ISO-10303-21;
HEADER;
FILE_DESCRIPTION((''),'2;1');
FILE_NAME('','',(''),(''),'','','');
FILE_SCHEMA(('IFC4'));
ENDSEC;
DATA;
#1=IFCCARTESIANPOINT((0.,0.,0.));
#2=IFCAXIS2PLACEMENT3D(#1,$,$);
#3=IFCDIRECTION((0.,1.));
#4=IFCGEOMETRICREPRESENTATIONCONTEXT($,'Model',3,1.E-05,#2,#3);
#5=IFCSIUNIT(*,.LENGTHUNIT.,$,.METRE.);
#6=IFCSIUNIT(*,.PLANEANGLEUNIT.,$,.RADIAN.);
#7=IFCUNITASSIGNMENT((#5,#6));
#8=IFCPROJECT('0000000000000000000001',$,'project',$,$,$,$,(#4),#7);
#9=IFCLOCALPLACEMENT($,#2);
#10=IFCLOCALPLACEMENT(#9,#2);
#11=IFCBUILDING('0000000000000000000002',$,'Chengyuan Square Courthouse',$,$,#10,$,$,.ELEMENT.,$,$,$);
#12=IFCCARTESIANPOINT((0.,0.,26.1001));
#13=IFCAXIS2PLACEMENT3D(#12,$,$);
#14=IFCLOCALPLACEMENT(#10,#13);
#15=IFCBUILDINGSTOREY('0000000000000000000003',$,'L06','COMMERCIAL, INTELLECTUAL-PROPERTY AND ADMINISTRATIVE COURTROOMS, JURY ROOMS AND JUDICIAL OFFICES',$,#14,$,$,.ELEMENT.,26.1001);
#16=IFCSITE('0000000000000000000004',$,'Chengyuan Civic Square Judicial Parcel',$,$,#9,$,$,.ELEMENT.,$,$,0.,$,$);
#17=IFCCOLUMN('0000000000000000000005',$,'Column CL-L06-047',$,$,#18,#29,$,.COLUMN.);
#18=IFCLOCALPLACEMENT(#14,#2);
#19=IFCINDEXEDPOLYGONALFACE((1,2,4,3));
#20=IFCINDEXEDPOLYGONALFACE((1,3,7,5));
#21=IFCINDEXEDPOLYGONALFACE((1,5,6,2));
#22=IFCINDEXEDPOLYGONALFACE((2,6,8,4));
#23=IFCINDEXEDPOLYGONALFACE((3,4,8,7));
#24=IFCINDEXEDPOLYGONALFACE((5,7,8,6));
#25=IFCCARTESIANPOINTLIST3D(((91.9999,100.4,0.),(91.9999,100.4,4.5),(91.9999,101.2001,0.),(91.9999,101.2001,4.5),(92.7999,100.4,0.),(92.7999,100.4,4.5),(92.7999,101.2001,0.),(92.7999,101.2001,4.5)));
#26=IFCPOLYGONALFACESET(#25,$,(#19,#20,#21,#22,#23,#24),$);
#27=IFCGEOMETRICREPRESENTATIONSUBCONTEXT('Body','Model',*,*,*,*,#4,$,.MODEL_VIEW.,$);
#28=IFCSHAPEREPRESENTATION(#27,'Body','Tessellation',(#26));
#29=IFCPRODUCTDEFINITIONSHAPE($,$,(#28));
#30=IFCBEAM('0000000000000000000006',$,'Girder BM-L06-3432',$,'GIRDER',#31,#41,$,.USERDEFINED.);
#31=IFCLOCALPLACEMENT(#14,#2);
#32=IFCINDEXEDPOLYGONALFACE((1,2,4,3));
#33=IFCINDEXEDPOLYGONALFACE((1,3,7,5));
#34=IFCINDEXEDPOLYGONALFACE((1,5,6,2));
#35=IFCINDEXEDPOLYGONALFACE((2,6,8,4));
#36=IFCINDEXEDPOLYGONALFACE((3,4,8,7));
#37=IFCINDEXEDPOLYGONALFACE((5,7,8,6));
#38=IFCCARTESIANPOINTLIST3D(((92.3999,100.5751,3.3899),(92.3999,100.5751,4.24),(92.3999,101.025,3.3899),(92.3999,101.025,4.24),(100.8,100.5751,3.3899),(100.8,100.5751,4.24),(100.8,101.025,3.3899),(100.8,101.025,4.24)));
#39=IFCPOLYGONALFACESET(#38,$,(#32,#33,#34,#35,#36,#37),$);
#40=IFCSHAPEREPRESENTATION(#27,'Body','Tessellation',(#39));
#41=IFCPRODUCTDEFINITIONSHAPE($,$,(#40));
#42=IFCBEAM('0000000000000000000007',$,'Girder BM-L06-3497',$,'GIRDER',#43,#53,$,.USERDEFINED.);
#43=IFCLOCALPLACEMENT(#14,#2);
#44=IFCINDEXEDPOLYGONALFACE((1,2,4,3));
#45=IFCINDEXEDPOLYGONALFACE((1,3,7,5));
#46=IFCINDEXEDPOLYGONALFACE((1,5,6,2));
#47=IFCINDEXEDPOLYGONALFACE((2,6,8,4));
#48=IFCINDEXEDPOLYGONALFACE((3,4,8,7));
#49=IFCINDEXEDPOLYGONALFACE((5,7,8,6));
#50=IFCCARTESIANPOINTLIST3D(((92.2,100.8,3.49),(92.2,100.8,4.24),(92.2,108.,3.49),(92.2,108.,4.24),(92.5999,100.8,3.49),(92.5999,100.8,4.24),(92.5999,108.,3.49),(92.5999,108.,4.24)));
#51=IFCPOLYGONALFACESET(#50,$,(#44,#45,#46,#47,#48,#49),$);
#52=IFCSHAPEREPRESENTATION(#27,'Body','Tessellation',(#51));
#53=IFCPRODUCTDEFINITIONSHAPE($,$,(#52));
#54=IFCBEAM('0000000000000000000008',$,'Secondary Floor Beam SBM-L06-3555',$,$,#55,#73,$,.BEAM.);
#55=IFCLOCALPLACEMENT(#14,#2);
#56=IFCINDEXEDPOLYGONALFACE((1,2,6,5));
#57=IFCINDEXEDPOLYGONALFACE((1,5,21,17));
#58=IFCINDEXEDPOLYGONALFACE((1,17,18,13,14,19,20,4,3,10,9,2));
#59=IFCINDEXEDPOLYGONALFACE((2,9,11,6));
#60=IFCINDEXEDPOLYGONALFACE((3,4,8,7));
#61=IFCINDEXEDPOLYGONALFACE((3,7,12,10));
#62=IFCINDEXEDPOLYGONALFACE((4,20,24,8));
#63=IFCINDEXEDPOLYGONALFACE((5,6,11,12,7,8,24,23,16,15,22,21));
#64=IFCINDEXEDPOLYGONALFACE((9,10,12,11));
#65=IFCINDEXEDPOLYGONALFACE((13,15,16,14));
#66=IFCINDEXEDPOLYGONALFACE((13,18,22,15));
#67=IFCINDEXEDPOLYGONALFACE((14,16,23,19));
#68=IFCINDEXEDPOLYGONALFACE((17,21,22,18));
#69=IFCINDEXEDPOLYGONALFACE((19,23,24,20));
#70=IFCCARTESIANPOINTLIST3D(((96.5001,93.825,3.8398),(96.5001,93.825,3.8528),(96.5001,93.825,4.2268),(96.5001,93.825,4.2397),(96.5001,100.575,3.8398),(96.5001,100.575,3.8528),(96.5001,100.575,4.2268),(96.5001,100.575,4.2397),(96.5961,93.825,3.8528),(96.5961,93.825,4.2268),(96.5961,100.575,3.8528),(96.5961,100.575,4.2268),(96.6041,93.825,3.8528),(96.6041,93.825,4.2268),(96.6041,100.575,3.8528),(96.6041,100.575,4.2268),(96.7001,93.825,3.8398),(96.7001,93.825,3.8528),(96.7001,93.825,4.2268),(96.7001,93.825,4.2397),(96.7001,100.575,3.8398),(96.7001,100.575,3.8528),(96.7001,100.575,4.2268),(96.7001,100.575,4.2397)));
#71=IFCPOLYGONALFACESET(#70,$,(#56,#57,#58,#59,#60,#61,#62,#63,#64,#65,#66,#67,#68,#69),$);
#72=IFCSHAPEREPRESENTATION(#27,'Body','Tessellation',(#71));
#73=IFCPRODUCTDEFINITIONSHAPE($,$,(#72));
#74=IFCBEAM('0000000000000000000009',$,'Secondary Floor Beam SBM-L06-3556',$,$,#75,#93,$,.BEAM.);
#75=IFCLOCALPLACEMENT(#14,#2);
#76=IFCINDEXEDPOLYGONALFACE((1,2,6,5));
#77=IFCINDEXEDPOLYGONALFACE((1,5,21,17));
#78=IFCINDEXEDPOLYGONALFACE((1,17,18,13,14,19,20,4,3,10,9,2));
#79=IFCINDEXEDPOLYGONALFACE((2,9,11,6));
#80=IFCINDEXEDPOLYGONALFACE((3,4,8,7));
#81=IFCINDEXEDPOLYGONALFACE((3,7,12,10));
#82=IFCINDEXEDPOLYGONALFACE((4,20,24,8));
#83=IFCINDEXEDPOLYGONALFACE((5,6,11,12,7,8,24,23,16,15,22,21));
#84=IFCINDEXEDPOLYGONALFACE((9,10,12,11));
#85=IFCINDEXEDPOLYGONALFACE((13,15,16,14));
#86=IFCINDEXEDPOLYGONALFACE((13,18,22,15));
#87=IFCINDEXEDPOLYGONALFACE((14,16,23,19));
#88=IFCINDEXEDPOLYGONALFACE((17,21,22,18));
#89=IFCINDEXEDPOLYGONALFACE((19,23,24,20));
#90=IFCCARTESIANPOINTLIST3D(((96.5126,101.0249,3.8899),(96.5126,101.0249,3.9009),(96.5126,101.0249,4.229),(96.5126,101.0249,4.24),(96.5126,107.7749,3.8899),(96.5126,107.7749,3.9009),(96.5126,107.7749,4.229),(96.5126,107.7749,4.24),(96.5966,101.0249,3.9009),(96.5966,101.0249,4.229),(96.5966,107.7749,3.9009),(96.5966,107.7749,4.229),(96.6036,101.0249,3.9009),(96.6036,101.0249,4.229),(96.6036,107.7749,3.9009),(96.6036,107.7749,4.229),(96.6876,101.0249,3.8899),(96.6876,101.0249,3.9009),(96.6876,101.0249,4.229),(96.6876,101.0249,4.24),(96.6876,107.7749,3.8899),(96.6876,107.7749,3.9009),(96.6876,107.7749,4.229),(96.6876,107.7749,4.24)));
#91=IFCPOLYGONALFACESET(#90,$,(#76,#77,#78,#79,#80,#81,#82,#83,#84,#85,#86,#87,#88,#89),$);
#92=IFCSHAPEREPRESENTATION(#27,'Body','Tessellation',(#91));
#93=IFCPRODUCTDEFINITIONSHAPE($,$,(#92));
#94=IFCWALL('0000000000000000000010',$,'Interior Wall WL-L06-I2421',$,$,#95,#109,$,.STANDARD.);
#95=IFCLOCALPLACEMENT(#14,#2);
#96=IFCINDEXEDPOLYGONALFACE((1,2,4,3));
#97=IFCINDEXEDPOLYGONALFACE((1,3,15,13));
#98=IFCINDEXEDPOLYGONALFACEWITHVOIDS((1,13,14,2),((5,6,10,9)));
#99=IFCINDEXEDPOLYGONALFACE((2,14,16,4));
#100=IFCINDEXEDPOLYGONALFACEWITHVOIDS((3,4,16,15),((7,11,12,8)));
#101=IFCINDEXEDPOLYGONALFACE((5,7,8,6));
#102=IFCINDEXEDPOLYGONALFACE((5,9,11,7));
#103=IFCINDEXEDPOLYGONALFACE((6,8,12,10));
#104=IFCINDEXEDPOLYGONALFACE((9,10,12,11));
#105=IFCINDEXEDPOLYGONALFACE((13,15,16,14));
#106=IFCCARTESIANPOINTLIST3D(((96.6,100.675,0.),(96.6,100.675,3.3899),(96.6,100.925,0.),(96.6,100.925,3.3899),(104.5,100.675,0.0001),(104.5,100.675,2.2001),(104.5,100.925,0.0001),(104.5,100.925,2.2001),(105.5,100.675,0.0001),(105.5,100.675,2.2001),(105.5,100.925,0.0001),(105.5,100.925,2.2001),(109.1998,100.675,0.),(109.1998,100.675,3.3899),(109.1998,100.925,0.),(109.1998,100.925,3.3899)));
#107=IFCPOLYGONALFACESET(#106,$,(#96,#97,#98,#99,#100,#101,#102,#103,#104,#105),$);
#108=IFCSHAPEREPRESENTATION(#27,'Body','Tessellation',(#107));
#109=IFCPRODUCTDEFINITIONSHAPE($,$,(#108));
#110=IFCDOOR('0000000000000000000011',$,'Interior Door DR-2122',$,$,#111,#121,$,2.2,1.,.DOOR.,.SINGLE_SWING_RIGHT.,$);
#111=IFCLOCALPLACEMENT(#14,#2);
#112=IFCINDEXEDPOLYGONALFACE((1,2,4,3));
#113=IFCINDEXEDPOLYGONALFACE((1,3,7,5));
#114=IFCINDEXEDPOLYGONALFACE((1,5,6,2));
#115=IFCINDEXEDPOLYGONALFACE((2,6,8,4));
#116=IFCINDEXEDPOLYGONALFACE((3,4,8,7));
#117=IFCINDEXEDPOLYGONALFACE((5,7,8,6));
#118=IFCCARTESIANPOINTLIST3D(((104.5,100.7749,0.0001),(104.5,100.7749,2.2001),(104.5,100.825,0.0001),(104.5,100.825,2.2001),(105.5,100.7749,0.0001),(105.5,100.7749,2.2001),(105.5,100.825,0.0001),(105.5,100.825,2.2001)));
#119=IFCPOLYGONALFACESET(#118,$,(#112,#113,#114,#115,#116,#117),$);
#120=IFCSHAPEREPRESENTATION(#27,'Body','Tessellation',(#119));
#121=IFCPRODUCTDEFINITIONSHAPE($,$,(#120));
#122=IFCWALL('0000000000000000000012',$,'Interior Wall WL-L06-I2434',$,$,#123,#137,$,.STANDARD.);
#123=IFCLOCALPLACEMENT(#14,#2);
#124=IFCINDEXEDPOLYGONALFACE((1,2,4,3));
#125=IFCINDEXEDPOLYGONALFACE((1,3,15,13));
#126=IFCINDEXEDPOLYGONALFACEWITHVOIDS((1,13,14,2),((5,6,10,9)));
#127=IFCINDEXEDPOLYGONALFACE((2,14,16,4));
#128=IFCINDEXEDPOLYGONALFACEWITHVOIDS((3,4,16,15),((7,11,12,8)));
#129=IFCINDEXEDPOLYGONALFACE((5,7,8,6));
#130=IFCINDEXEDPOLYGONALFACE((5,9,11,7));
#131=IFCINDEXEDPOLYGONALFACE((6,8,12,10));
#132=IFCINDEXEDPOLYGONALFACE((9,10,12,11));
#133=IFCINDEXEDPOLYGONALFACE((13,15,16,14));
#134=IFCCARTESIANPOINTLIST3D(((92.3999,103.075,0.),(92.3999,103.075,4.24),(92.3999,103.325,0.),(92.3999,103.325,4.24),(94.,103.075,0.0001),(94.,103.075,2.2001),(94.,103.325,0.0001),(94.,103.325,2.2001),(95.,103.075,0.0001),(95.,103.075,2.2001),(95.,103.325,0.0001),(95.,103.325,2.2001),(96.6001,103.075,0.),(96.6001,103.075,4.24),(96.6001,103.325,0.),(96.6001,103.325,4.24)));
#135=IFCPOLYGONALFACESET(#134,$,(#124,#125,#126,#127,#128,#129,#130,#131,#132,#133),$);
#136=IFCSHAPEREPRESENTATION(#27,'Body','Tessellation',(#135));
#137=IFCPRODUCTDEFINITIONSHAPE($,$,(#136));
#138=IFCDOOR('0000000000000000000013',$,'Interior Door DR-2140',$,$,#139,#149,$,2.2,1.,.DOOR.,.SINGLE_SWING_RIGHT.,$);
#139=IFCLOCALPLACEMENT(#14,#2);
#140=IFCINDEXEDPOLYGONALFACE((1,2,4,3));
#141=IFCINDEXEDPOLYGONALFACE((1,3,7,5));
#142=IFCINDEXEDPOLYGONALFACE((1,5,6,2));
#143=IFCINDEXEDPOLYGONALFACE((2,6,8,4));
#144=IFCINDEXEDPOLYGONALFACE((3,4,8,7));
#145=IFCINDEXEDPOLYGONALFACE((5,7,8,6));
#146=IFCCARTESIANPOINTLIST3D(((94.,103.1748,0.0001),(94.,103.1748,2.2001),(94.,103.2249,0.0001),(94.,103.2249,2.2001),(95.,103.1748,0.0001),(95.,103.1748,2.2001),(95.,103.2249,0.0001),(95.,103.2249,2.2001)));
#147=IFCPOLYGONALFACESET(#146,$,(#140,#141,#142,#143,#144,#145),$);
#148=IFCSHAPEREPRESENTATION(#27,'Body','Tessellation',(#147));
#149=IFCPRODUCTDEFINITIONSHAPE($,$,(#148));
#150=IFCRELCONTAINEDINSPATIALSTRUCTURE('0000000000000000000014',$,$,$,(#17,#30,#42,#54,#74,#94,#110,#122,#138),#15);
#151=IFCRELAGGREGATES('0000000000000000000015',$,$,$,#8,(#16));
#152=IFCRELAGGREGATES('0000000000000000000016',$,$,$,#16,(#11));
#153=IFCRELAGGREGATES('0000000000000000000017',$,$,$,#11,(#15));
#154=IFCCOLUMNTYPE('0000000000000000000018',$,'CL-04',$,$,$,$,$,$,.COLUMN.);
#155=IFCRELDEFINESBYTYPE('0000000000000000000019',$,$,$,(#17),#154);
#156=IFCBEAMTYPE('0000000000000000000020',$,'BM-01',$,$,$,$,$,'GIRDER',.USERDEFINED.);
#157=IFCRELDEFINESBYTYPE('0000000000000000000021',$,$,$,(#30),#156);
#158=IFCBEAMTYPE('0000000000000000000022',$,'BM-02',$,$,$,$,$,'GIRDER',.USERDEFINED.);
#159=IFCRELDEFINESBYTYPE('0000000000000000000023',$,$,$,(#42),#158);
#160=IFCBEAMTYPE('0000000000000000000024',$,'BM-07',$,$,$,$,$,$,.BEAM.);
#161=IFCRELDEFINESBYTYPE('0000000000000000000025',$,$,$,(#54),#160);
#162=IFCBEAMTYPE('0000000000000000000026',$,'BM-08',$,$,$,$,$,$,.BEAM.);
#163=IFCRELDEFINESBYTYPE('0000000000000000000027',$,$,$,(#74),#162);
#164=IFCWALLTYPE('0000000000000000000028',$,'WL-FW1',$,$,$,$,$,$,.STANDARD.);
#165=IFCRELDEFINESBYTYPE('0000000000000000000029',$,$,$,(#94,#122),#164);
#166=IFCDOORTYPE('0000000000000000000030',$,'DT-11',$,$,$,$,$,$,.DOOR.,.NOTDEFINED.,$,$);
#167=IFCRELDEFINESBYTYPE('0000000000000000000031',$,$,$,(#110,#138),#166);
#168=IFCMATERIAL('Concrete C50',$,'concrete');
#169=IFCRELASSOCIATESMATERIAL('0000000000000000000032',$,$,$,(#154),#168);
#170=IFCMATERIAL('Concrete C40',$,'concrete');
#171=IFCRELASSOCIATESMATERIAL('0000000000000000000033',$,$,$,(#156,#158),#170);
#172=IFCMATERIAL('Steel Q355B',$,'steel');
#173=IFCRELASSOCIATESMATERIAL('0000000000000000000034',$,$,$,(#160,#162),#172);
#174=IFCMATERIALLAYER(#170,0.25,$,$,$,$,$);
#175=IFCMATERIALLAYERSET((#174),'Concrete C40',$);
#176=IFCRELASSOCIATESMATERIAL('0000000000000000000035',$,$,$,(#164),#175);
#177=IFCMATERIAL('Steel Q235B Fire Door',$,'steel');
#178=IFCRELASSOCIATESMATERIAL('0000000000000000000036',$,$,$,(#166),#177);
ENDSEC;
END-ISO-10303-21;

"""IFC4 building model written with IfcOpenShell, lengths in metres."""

from ifc_helpers import new_model, si_unit, direction, frame, frame_2d, origin, origin_2d, place, context, subcontext, project, spatial, rectangle, i_section, extrude, material, layer, layer_set, material_profile, profile_set, type_object, element, fill, save


model = new_model("IFC4")

# Units and contexts
model_context = context("Model", 3, precision=1e-05, world=origin(), true_north=direction((0.0, 1.0)))
body_context = subcontext(model_context, "Body", "Model", "MODEL_VIEW")
ifc_project = project(units=[si_unit("LENGTHUNIT", "METRE"), si_unit("PLANEANGLEUNIT", "RADIAN")], contexts=[model_context])

# Site, building, storey
site_placement = place(None, origin())
site = spatial("IfcSite", under=ifc_project, at=site_placement, Name="Chengyuan Civic Square Judicial Parcel", CompositionType="ELEMENT", RefElevation=0.0)
building_placement = place(site_placement, origin())
building = spatial("IfcBuilding", under=site, at=building_placement, Name="Chengyuan Square Courthouse", CompositionType="ELEMENT")
storey_placement = place(building_placement, frame((0.0, 0.0, 26.1001)))
storey = spatial("IfcBuildingStorey", under=building, at=storey_placement, Name="L06", Description="COMMERCIAL, INTELLECTUAL-PROPERTY AND ADMINISTRATIVE COURTROOMS, JURY ROOMS AND JUDICIAL OFFICES", CompositionType="ELEMENT", Elevation=26.1001)

# Column
ifc_material_1 = material(Name="Concrete C50", Category="concrete")
ifc_material_profile_1 = material_profile(ifc_material_1, rectangle(XDim=0.8, YDim=0.8, at=origin_2d()), Name="RC-COL-800x800")
ifc_profile_set_1 = profile_set([ifc_material_profile_1], Name="Concrete C50")
column_type = type_object("IfcColumnType", Name="CL-04", PredefinedType="COLUMN", material=ifc_profile_set_1)
column_placement = place(storey_placement, frame((92.3999, 100.8, 0.0), z_axis=(0.0, 0.0, 1.0), x_axis=(1.0, 0.0, 0.0)))
element("IfcColumn", 1, at=column_placement, inside=storey, type_object=column_type, Name="Column CL-L06-047", PredefinedType="COLUMN", context=body_context, shape_type="SweptSolid", body=[
    extrude(rectangle(XDim=0.8, YDim=0.8, at=origin_2d()), origin(), (0.0, 0.0, 1.0), 4.5),
])

# Beams
ifc_material_2 = material(Name="Concrete C40", Category="concrete")
ifc_material_profile_2 = material_profile(ifc_material_2, rectangle(XDim=0.45, YDim=0.8501, at=origin_2d()), Name="RC-BM-450x850")
ifc_profile_set_2 = profile_set([ifc_material_profile_2], Name="Concrete C40")
beam_type_1 = type_object("IfcBeamType", Name="BM-01", ElementType="GIRDER", PredefinedType="USERDEFINED", material=ifc_profile_set_2)
beam_1_placement = place(storey_placement, frame((92.3999, 100.8, 3.8149), z_axis=(1.0, 0.0, 0.0), x_axis=(0.0, 1.0, 0.0)))
element("IfcBeam", 2, at=beam_1_placement, inside=storey, type_object=beam_type_1, Name="Girder BM-L06-3432", ObjectType="GIRDER", PredefinedType="USERDEFINED", context=body_context, shape_type="SweptSolid", body=[
    extrude(rectangle(XDim=0.45, YDim=0.8501, at=origin_2d()), origin(), (0.0, 0.0, 1.0), 8.4001),
])
ifc_material_profile_3 = material_profile(ifc_material_2, rectangle(XDim=0.3999, YDim=0.75, at=origin_2d()), Name="RC-BM-400x750")
ifc_profile_set_3 = profile_set([ifc_material_profile_3], Name="Concrete C40")
beam_type_2 = type_object("IfcBeamType", Name="BM-02", ElementType="GIRDER", PredefinedType="USERDEFINED", material=ifc_profile_set_3)
beam_2_placement = place(storey_placement, frame((92.3999, 100.8, 3.865), z_axis=(0.0, 1.0, 0.0), x_axis=(-1.0, 0.0, 0.0)))
element("IfcBeam", 3, at=beam_2_placement, inside=storey, type_object=beam_type_2, Name="Girder BM-L06-3497", ObjectType="GIRDER", PredefinedType="USERDEFINED", context=body_context, shape_type="SweptSolid", body=[
    extrude(rectangle(XDim=0.3999, YDim=0.75, at=origin_2d()), origin(), (0.0, 0.0, 1.0), 7.2),
])
ifc_material_3 = material(Name="Steel Q355B", Category="steel")
ifc_material_profile_4 = material_profile(ifc_material_3, i_section(OverallWidth=0.2, OverallDepth=0.3999, WebThickness=0.0081, FlangeThickness=0.0129, at=origin_2d()), Name="HN 400x200x8x13")
ifc_profile_set_4 = profile_set([ifc_material_profile_4], Name="Steel Q355B")
beam_type_3 = type_object("IfcBeamType", Name="BM-07", PredefinedType="BEAM", material=ifc_profile_set_4)
beam_3_placement = place(storey_placement, frame((96.6001, 93.825, 4.0398), z_axis=(0.0, 1.0, 0.0), x_axis=(-1.0, 0.0, 0.0)))
element("IfcBeam", 4, at=beam_3_placement, inside=storey, type_object=beam_type_3, Name="Secondary Floor Beam SBM-L06-3555", PredefinedType="BEAM", context=body_context, shape_type="SweptSolid", body=[
    extrude(i_section(OverallWidth=0.2, OverallDepth=0.3999, WebThickness=0.0081, FlangeThickness=0.0129, at=origin_2d()), origin(), (0.0, 0.0, 1.0), 6.75),
])
ifc_material_profile_5 = material_profile(ifc_material_3, i_section(OverallWidth=0.175, OverallDepth=0.3501, WebThickness=0.0071, FlangeThickness=0.011, at=origin_2d()), Name="HN 350x175x7x11")
ifc_profile_set_5 = profile_set([ifc_material_profile_5], Name="Steel Q355B")
beam_type_4 = type_object("IfcBeamType", Name="BM-08", PredefinedType="BEAM", material=ifc_profile_set_5)
beam_4_placement = place(storey_placement, frame((96.6001, 101.0249, 4.0649), z_axis=(0.0, 1.0, 0.0), x_axis=(-1.0, 0.0, 0.0)))
element("IfcBeam", 5, at=beam_4_placement, inside=storey, type_object=beam_type_4, Name="Secondary Floor Beam SBM-L06-3556", PredefinedType="BEAM", context=body_context, shape_type="SweptSolid", body=[
    extrude(i_section(OverallWidth=0.175, OverallDepth=0.3501, WebThickness=0.0071, FlangeThickness=0.011, at=origin_2d()), origin(), (0.0, 0.0, 1.0), 6.75),
])

# Walls, openings, doors
ifc_layer_1 = layer(ifc_material_2, 0.25)
ifc_layer_set_1 = layer_set([ifc_layer_1], Name="Concrete C40")
wall_type_1 = type_object("IfcWallType", Name="WL-FW1", PredefinedType="STANDARD", material=ifc_layer_set_1)
wall_1_placement = place(storey_placement, frame((96.6001, 100.8, 0.0), z_axis=(0.0, 0.0, 1.0), x_axis=(1.0, 0.0, 0.0)))
wall_1 = element("IfcWall", 6, at=wall_1_placement, inside=storey, type_object=wall_type_1, Name="Interior Wall WL-L06-I2421", PredefinedType="STANDARD", context=body_context, shape_type="SweptSolid", body=[
    extrude(rectangle(XDim=12.5999, YDim=0.25, at=frame_2d((6.2998, 0.0))), origin(), (0.0, 0.0, 1.0), 3.3899),
])
opening_1_placement = place(wall_1_placement, frame((7.8999, 0.0, 0.0)))
opening_1 = element("IfcOpeningElement", 7, at=opening_1_placement, cuts=wall_1, PredefinedType="OPENING", context=body_context, shape_type="SweptSolid", body=[
    extrude(rectangle(XDim=1.0, YDim=2.2, at=frame_2d((0.5, 1.1001))), frame((0.0, 0.137, 0.0), z_axis=(0.0, -1.0, 0.0), x_axis=(1.0, 0.0, 0.0)), (0.0, 0.0, 1.0), 0.2739),
])
ifc_material_4 = material(Name="Steel Q235B Fire Door", Category="steel")
door_type_1 = type_object("IfcDoorType", Name="DT-11", OperationType="NOTDEFINED", PredefinedType="DOOR", material=ifc_material_4)
door_1_placement = place(opening_1_placement, origin())
door_1 = element("IfcDoor", 8, at=door_1_placement, inside=storey, type_object=door_type_1, Name="Interior Door DR-2122", OperationType="SINGLE_SWING_RIGHT", OverallHeight=2.2, OverallWidth=1.0, PredefinedType="DOOR", context=body_context, shape_type="SweptSolid", body=[
    extrude(rectangle(XDim=1.0, YDim=2.2, at=frame_2d((0.5, 1.1001))), frame((0.0, 0.0249, 0.0), z_axis=(0.0, -1.0, 0.0), x_axis=(1.0, 0.0, 0.0)), (0.0, 0.0, 1.0), 0.05),
])
fill(opening_1, door_1)
wall_2_placement = place(storey_placement, frame((92.3999, 103.2, 0.0), z_axis=(0.0, 0.0, 1.0), x_axis=(1.0, 0.0, 0.0)))
wall_2 = element("IfcWall", 9, at=wall_2_placement, inside=storey, type_object=wall_type_1, Name="Interior Wall WL-L06-I2434", PredefinedType="STANDARD", context=body_context, shape_type="SweptSolid", body=[
    extrude(rectangle(XDim=4.2002, YDim=0.25, at=frame_2d((2.1001, 0.0))), origin(), (0.0, 0.0, 1.0), 4.24),
])
opening_2_placement = place(wall_2_placement, frame((1.6001, 0.0, 0.0)))
opening_2 = element("IfcOpeningElement", 10, at=opening_2_placement, cuts=wall_2, PredefinedType="OPENING", context=body_context, shape_type="SweptSolid", body=[
    extrude(rectangle(XDim=1.0, YDim=2.2, at=frame_2d((0.5, 1.1001))), frame((0.0, 0.137, 0.0), z_axis=(0.0, -1.0, 0.0), x_axis=(1.0, 0.0, 0.0)), (0.0, 0.0, 1.0), 0.2739),
])
door_2_placement = place(opening_2_placement, origin())
door_2 = element("IfcDoor", 11, at=door_2_placement, inside=storey, type_object=door_type_1, Name="Interior Door DR-2140", OperationType="SINGLE_SWING_RIGHT", OverallHeight=2.2, OverallWidth=1.0, PredefinedType="DOOR", context=body_context, shape_type="SweptSolid", body=[
    extrude(rectangle(XDim=1.0, YDim=2.2, at=frame_2d((0.5, 1.1001))), frame((0.0, 0.0249, 0.0), z_axis=(0.0, -1.0, 0.0), x_axis=(1.0, 0.0, 0.0)), (0.0, 0.0, 1.0), 0.05),
])
fill(opening_2, door_2)

save(model, "model.ifc")
